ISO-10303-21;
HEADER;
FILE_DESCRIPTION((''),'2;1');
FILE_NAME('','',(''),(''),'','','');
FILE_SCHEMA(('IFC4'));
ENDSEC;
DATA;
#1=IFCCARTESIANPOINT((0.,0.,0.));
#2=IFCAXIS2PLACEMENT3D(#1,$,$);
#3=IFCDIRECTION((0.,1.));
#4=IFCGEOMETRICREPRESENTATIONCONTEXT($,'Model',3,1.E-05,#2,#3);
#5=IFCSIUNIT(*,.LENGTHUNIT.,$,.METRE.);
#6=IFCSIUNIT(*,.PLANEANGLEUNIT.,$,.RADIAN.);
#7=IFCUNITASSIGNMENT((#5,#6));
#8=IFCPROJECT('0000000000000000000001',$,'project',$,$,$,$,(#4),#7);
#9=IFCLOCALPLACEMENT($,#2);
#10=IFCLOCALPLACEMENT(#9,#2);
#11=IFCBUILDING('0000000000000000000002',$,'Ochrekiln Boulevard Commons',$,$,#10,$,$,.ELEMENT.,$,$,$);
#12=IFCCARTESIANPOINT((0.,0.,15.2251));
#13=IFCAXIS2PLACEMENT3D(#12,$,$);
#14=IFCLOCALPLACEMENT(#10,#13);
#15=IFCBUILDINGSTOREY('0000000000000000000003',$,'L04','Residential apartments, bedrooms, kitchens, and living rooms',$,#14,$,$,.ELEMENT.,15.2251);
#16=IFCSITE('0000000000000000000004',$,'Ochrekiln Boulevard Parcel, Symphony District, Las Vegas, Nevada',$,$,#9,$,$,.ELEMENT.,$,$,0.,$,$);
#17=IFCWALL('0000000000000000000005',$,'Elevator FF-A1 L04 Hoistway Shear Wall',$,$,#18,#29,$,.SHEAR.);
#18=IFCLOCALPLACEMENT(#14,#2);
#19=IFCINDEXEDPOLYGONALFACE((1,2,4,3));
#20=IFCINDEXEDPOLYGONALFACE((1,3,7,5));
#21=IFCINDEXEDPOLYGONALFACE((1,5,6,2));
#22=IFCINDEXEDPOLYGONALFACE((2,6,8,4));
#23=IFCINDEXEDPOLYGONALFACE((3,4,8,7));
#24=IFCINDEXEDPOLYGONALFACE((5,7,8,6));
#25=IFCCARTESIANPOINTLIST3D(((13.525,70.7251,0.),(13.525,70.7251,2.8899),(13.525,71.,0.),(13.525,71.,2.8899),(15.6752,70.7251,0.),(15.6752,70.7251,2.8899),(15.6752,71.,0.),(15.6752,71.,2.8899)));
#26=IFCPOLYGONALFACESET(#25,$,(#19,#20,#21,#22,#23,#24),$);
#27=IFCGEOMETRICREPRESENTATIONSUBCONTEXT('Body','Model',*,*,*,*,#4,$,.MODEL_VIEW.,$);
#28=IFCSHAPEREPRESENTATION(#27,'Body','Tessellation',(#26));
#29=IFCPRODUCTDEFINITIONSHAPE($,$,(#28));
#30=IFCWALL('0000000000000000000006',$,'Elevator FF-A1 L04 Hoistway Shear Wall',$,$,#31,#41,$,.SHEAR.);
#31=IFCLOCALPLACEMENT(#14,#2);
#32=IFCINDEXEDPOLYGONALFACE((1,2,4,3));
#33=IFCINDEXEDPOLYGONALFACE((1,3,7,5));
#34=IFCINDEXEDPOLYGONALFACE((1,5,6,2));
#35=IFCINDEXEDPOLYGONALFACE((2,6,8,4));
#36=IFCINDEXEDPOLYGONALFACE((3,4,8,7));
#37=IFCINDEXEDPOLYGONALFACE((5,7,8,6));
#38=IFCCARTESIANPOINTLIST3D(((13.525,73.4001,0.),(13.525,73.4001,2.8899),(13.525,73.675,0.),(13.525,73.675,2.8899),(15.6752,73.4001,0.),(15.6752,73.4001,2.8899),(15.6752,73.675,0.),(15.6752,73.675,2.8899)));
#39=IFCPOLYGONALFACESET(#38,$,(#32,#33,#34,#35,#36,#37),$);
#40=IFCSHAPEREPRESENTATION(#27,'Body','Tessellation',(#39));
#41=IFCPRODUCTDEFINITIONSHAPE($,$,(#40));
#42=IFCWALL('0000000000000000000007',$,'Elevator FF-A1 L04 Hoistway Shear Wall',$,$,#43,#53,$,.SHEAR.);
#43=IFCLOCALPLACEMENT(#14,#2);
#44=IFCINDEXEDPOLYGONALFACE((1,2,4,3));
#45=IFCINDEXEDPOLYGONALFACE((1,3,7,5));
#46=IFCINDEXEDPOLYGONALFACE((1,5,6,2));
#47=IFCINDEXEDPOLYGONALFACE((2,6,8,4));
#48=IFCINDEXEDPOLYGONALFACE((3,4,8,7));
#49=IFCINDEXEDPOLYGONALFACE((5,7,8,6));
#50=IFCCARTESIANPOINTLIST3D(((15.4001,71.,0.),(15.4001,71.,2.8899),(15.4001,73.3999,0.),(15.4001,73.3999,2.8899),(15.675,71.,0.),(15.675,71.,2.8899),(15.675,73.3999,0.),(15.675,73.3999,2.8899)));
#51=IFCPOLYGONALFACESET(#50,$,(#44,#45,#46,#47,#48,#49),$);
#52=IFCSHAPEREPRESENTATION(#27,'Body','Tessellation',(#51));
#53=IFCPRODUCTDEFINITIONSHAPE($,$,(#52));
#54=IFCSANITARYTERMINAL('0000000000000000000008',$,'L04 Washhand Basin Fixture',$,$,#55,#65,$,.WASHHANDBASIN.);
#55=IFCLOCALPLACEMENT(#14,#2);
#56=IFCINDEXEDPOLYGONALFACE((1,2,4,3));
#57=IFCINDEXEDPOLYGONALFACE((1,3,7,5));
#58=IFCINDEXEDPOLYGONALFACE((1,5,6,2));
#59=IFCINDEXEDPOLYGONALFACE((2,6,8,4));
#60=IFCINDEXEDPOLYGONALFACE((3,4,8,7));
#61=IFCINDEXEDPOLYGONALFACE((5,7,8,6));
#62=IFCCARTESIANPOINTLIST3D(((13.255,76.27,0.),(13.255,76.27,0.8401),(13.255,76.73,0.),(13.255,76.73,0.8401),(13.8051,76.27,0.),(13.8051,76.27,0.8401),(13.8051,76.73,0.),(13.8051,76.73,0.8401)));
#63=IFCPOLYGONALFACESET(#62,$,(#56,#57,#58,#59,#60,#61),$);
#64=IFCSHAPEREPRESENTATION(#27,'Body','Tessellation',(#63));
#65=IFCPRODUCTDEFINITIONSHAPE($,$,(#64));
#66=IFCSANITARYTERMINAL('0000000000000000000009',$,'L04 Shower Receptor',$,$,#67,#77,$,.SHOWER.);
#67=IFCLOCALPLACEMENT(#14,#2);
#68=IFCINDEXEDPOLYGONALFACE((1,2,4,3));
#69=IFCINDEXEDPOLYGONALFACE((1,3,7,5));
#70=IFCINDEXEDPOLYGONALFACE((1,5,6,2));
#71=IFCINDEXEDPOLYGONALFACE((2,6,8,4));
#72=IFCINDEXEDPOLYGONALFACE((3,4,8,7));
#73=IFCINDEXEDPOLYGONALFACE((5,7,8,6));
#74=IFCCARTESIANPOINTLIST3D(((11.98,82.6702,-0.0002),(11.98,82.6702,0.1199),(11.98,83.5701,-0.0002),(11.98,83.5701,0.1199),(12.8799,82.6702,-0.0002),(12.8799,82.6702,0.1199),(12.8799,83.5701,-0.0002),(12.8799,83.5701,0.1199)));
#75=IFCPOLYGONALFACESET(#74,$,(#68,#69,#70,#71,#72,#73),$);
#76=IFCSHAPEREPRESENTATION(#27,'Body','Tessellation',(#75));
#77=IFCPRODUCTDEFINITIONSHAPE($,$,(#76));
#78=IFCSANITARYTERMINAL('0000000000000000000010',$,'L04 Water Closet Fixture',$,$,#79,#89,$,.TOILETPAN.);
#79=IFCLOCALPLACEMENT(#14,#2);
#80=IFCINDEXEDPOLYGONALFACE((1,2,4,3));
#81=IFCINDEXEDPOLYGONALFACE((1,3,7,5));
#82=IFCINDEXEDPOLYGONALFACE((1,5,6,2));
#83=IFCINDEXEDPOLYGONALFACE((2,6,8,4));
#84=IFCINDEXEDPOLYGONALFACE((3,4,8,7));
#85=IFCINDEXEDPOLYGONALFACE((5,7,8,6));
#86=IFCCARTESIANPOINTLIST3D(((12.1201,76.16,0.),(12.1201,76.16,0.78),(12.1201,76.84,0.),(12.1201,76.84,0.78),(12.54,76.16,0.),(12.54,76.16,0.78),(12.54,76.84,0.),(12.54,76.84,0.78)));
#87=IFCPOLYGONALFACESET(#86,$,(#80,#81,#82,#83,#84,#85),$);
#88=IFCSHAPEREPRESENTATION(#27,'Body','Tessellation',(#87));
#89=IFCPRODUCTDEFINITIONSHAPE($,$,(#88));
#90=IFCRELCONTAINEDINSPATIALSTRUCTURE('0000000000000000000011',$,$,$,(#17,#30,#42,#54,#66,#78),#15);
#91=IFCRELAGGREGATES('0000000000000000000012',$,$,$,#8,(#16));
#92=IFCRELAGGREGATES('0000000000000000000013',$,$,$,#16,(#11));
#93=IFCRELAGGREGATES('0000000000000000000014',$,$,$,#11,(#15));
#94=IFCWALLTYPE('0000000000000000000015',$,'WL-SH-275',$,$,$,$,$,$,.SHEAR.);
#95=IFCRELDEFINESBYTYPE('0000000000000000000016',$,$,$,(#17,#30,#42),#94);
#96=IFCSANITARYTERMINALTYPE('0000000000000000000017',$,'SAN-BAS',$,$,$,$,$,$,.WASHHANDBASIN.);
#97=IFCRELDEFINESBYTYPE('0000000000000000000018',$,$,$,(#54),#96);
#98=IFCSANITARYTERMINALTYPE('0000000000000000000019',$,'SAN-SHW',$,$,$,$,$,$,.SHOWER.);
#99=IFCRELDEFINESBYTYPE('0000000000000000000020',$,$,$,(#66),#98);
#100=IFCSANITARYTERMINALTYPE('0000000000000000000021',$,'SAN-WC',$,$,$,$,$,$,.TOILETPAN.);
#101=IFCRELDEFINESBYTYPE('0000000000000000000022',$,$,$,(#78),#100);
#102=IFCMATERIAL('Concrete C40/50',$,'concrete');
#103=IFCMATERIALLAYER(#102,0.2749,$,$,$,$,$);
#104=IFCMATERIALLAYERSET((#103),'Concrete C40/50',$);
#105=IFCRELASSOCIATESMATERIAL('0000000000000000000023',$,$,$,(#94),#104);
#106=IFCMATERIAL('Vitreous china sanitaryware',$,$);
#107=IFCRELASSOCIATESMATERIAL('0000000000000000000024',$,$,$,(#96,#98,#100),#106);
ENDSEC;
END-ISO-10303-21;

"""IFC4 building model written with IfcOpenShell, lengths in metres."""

from ifc_helpers import new_model, si_unit, direction, frame, frame_2d, origin, origin_2d, place, context, subcontext, project, spatial, rectangle, extrude, material, layer, layer_set, type_object, element, save


model = new_model("IFC4")

# Units and contexts
model_context = context("Model", 3, precision=1e-05, world=origin(), true_north=direction((0.0, 1.0)))
body_context = subcontext(model_context, "Body", "Model", "MODEL_VIEW")
ifc_project = project(units=[si_unit("LENGTHUNIT", "METRE"), si_unit("PLANEANGLEUNIT", "RADIAN")], contexts=[model_context])

# Site, building, storey
site_placement = place(None, origin())
site = spatial("IfcSite", under=ifc_project, at=site_placement, Name="Ochrekiln Boulevard Parcel, Symphony District, Las Vegas, Nevada", CompositionType="ELEMENT", RefElevation=0.0)
building_placement = place(site_placement, origin())
building = spatial("IfcBuilding", under=site, at=building_placement, Name="Ochrekiln Boulevard Commons", CompositionType="ELEMENT")
storey_placement = place(building_placement, frame((0.0, 0.0, 15.2251)))
storey = spatial("IfcBuildingStorey", under=building, at=storey_placement, Name="L04", Description="Residential apartments, bedrooms, kitchens, and living rooms", CompositionType="ELEMENT", Elevation=15.2251)

# Shared definitions
ifc_material_1 = material(Name="Concrete C40/50", Category="concrete")

# Walls
ifc_layer_1 = layer(ifc_material_1, 0.2749)
ifc_layer_set_1 = layer_set([ifc_layer_1], Name="Concrete C40/50")
wall_type_1 = type_object("IfcWallType", Name="WL-SH-275", PredefinedType="SHEAR", material=ifc_layer_set_1)
for number, where, z_axis, x_axis, name in (
    (1, (13.5249, 70.8625, 0.0), (0.0, 0.0, 1.0), (1.0, 0.0, 0.0), "Elevator FF-A1 L04 Hoistway Shear Wall"),
    (2, (13.5249, 73.5376, 0.0), (0.0, 0.0, 1.0), (1.0, 0.0, 0.0), "Elevator FF-A1 L04 Hoistway Shear Wall"),
):
    element("IfcWall", number, at=place(storey_placement, frame(where, z_axis=z_axis, x_axis=x_axis)), inside=storey, type_object=wall_type_1, Name=name, PredefinedType="SHEAR", context=body_context, shape_type="SweptSolid", body=[
        extrude(rectangle(XDim=2.1501, YDim=0.2749, at=frame_2d((1.0752, 0.0))), origin(), (0.0, 0.0, 1.0), 2.8899),
    ])

# Wall
wall_1_placement = place(storey_placement, frame((15.5376, 71.0, 0.0), z_axis=(0.0, 0.0, 1.0), x_axis=(0.0, 1.0, 0.0)))
element("IfcWall", 3, at=wall_1_placement, inside=storey, type_object=wall_type_1, Name="Elevator FF-A1 L04 Hoistway Shear Wall", PredefinedType="SHEAR", context=body_context, shape_type="SweptSolid", body=[
    extrude(rectangle(XDim=2.3999, YDim=0.2749, at=frame_2d((1.2, 0.0))), origin(), (0.0, 0.0, 1.0), 2.8899),
])

# Sanitary terminals
ifc_material_2 = material(Name="Vitreous china sanitaryware")
sanitary_terminal_type_1 = type_object("IfcSanitaryTerminalType", Name="SAN-BAS", PredefinedType="WASHHANDBASIN", material=ifc_material_2)
sanitary_terminal_1_placement = place(storey_placement, frame((13.53, 76.5, 0.0), z_axis=(0.0, 0.0, 1.0), x_axis=(1.0, 0.0, 0.0)))
element("IfcSanitaryTerminal", 4, at=sanitary_terminal_1_placement, inside=storey, type_object=sanitary_terminal_type_1, Name="L04 Washhand Basin Fixture", PredefinedType="WASHHANDBASIN", context=body_context, shape_type="SweptSolid", body=[
    extrude(rectangle(XDim=0.55, YDim=0.46, at=origin_2d()), origin(), (0.0, 0.0, 1.0), 0.8401),
])
sanitary_terminal_type_2 = type_object("IfcSanitaryTerminalType", Name="SAN-SHW", PredefinedType="SHOWER", material=ifc_material_2)
sanitary_terminal_2_placement = place(storey_placement, frame((12.4299, 83.1201, -0.0002), z_axis=(0.0, 0.0, 1.0), x_axis=(1.0, 0.0, 0.0)))
element("IfcSanitaryTerminal", 5, at=sanitary_terminal_2_placement, inside=storey, type_object=sanitary_terminal_type_2, Name="L04 Shower Receptor", PredefinedType="SHOWER", context=body_context, shape_type="SweptSolid", body=[
    extrude(rectangle(XDim=0.8999, YDim=0.8999, at=origin_2d()), origin(), (0.0, 0.0, 1.0), 0.1201),
])
sanitary_terminal_type_3 = type_object("IfcSanitaryTerminalType", Name="SAN-WC", PredefinedType="TOILETPAN", material=ifc_material_2)
sanitary_terminal_3_placement = place(storey_placement, frame((12.3301, 76.5, 0.0), z_axis=(0.0, 0.0, 1.0), x_axis=(1.0, 0.0, 0.0)))
element("IfcSanitaryTerminal", 6, at=sanitary_terminal_3_placement, inside=storey, type_object=sanitary_terminal_type_3, Name="L04 Water Closet Fixture", PredefinedType="TOILETPAN", context=body_context, shape_type="SweptSolid", body=[
    extrude(rectangle(XDim=0.4199, YDim=0.6799, at=origin_2d()), origin(), (0.0, 0.0, 1.0), 0.78),
])

save(model, "model.ifc")
